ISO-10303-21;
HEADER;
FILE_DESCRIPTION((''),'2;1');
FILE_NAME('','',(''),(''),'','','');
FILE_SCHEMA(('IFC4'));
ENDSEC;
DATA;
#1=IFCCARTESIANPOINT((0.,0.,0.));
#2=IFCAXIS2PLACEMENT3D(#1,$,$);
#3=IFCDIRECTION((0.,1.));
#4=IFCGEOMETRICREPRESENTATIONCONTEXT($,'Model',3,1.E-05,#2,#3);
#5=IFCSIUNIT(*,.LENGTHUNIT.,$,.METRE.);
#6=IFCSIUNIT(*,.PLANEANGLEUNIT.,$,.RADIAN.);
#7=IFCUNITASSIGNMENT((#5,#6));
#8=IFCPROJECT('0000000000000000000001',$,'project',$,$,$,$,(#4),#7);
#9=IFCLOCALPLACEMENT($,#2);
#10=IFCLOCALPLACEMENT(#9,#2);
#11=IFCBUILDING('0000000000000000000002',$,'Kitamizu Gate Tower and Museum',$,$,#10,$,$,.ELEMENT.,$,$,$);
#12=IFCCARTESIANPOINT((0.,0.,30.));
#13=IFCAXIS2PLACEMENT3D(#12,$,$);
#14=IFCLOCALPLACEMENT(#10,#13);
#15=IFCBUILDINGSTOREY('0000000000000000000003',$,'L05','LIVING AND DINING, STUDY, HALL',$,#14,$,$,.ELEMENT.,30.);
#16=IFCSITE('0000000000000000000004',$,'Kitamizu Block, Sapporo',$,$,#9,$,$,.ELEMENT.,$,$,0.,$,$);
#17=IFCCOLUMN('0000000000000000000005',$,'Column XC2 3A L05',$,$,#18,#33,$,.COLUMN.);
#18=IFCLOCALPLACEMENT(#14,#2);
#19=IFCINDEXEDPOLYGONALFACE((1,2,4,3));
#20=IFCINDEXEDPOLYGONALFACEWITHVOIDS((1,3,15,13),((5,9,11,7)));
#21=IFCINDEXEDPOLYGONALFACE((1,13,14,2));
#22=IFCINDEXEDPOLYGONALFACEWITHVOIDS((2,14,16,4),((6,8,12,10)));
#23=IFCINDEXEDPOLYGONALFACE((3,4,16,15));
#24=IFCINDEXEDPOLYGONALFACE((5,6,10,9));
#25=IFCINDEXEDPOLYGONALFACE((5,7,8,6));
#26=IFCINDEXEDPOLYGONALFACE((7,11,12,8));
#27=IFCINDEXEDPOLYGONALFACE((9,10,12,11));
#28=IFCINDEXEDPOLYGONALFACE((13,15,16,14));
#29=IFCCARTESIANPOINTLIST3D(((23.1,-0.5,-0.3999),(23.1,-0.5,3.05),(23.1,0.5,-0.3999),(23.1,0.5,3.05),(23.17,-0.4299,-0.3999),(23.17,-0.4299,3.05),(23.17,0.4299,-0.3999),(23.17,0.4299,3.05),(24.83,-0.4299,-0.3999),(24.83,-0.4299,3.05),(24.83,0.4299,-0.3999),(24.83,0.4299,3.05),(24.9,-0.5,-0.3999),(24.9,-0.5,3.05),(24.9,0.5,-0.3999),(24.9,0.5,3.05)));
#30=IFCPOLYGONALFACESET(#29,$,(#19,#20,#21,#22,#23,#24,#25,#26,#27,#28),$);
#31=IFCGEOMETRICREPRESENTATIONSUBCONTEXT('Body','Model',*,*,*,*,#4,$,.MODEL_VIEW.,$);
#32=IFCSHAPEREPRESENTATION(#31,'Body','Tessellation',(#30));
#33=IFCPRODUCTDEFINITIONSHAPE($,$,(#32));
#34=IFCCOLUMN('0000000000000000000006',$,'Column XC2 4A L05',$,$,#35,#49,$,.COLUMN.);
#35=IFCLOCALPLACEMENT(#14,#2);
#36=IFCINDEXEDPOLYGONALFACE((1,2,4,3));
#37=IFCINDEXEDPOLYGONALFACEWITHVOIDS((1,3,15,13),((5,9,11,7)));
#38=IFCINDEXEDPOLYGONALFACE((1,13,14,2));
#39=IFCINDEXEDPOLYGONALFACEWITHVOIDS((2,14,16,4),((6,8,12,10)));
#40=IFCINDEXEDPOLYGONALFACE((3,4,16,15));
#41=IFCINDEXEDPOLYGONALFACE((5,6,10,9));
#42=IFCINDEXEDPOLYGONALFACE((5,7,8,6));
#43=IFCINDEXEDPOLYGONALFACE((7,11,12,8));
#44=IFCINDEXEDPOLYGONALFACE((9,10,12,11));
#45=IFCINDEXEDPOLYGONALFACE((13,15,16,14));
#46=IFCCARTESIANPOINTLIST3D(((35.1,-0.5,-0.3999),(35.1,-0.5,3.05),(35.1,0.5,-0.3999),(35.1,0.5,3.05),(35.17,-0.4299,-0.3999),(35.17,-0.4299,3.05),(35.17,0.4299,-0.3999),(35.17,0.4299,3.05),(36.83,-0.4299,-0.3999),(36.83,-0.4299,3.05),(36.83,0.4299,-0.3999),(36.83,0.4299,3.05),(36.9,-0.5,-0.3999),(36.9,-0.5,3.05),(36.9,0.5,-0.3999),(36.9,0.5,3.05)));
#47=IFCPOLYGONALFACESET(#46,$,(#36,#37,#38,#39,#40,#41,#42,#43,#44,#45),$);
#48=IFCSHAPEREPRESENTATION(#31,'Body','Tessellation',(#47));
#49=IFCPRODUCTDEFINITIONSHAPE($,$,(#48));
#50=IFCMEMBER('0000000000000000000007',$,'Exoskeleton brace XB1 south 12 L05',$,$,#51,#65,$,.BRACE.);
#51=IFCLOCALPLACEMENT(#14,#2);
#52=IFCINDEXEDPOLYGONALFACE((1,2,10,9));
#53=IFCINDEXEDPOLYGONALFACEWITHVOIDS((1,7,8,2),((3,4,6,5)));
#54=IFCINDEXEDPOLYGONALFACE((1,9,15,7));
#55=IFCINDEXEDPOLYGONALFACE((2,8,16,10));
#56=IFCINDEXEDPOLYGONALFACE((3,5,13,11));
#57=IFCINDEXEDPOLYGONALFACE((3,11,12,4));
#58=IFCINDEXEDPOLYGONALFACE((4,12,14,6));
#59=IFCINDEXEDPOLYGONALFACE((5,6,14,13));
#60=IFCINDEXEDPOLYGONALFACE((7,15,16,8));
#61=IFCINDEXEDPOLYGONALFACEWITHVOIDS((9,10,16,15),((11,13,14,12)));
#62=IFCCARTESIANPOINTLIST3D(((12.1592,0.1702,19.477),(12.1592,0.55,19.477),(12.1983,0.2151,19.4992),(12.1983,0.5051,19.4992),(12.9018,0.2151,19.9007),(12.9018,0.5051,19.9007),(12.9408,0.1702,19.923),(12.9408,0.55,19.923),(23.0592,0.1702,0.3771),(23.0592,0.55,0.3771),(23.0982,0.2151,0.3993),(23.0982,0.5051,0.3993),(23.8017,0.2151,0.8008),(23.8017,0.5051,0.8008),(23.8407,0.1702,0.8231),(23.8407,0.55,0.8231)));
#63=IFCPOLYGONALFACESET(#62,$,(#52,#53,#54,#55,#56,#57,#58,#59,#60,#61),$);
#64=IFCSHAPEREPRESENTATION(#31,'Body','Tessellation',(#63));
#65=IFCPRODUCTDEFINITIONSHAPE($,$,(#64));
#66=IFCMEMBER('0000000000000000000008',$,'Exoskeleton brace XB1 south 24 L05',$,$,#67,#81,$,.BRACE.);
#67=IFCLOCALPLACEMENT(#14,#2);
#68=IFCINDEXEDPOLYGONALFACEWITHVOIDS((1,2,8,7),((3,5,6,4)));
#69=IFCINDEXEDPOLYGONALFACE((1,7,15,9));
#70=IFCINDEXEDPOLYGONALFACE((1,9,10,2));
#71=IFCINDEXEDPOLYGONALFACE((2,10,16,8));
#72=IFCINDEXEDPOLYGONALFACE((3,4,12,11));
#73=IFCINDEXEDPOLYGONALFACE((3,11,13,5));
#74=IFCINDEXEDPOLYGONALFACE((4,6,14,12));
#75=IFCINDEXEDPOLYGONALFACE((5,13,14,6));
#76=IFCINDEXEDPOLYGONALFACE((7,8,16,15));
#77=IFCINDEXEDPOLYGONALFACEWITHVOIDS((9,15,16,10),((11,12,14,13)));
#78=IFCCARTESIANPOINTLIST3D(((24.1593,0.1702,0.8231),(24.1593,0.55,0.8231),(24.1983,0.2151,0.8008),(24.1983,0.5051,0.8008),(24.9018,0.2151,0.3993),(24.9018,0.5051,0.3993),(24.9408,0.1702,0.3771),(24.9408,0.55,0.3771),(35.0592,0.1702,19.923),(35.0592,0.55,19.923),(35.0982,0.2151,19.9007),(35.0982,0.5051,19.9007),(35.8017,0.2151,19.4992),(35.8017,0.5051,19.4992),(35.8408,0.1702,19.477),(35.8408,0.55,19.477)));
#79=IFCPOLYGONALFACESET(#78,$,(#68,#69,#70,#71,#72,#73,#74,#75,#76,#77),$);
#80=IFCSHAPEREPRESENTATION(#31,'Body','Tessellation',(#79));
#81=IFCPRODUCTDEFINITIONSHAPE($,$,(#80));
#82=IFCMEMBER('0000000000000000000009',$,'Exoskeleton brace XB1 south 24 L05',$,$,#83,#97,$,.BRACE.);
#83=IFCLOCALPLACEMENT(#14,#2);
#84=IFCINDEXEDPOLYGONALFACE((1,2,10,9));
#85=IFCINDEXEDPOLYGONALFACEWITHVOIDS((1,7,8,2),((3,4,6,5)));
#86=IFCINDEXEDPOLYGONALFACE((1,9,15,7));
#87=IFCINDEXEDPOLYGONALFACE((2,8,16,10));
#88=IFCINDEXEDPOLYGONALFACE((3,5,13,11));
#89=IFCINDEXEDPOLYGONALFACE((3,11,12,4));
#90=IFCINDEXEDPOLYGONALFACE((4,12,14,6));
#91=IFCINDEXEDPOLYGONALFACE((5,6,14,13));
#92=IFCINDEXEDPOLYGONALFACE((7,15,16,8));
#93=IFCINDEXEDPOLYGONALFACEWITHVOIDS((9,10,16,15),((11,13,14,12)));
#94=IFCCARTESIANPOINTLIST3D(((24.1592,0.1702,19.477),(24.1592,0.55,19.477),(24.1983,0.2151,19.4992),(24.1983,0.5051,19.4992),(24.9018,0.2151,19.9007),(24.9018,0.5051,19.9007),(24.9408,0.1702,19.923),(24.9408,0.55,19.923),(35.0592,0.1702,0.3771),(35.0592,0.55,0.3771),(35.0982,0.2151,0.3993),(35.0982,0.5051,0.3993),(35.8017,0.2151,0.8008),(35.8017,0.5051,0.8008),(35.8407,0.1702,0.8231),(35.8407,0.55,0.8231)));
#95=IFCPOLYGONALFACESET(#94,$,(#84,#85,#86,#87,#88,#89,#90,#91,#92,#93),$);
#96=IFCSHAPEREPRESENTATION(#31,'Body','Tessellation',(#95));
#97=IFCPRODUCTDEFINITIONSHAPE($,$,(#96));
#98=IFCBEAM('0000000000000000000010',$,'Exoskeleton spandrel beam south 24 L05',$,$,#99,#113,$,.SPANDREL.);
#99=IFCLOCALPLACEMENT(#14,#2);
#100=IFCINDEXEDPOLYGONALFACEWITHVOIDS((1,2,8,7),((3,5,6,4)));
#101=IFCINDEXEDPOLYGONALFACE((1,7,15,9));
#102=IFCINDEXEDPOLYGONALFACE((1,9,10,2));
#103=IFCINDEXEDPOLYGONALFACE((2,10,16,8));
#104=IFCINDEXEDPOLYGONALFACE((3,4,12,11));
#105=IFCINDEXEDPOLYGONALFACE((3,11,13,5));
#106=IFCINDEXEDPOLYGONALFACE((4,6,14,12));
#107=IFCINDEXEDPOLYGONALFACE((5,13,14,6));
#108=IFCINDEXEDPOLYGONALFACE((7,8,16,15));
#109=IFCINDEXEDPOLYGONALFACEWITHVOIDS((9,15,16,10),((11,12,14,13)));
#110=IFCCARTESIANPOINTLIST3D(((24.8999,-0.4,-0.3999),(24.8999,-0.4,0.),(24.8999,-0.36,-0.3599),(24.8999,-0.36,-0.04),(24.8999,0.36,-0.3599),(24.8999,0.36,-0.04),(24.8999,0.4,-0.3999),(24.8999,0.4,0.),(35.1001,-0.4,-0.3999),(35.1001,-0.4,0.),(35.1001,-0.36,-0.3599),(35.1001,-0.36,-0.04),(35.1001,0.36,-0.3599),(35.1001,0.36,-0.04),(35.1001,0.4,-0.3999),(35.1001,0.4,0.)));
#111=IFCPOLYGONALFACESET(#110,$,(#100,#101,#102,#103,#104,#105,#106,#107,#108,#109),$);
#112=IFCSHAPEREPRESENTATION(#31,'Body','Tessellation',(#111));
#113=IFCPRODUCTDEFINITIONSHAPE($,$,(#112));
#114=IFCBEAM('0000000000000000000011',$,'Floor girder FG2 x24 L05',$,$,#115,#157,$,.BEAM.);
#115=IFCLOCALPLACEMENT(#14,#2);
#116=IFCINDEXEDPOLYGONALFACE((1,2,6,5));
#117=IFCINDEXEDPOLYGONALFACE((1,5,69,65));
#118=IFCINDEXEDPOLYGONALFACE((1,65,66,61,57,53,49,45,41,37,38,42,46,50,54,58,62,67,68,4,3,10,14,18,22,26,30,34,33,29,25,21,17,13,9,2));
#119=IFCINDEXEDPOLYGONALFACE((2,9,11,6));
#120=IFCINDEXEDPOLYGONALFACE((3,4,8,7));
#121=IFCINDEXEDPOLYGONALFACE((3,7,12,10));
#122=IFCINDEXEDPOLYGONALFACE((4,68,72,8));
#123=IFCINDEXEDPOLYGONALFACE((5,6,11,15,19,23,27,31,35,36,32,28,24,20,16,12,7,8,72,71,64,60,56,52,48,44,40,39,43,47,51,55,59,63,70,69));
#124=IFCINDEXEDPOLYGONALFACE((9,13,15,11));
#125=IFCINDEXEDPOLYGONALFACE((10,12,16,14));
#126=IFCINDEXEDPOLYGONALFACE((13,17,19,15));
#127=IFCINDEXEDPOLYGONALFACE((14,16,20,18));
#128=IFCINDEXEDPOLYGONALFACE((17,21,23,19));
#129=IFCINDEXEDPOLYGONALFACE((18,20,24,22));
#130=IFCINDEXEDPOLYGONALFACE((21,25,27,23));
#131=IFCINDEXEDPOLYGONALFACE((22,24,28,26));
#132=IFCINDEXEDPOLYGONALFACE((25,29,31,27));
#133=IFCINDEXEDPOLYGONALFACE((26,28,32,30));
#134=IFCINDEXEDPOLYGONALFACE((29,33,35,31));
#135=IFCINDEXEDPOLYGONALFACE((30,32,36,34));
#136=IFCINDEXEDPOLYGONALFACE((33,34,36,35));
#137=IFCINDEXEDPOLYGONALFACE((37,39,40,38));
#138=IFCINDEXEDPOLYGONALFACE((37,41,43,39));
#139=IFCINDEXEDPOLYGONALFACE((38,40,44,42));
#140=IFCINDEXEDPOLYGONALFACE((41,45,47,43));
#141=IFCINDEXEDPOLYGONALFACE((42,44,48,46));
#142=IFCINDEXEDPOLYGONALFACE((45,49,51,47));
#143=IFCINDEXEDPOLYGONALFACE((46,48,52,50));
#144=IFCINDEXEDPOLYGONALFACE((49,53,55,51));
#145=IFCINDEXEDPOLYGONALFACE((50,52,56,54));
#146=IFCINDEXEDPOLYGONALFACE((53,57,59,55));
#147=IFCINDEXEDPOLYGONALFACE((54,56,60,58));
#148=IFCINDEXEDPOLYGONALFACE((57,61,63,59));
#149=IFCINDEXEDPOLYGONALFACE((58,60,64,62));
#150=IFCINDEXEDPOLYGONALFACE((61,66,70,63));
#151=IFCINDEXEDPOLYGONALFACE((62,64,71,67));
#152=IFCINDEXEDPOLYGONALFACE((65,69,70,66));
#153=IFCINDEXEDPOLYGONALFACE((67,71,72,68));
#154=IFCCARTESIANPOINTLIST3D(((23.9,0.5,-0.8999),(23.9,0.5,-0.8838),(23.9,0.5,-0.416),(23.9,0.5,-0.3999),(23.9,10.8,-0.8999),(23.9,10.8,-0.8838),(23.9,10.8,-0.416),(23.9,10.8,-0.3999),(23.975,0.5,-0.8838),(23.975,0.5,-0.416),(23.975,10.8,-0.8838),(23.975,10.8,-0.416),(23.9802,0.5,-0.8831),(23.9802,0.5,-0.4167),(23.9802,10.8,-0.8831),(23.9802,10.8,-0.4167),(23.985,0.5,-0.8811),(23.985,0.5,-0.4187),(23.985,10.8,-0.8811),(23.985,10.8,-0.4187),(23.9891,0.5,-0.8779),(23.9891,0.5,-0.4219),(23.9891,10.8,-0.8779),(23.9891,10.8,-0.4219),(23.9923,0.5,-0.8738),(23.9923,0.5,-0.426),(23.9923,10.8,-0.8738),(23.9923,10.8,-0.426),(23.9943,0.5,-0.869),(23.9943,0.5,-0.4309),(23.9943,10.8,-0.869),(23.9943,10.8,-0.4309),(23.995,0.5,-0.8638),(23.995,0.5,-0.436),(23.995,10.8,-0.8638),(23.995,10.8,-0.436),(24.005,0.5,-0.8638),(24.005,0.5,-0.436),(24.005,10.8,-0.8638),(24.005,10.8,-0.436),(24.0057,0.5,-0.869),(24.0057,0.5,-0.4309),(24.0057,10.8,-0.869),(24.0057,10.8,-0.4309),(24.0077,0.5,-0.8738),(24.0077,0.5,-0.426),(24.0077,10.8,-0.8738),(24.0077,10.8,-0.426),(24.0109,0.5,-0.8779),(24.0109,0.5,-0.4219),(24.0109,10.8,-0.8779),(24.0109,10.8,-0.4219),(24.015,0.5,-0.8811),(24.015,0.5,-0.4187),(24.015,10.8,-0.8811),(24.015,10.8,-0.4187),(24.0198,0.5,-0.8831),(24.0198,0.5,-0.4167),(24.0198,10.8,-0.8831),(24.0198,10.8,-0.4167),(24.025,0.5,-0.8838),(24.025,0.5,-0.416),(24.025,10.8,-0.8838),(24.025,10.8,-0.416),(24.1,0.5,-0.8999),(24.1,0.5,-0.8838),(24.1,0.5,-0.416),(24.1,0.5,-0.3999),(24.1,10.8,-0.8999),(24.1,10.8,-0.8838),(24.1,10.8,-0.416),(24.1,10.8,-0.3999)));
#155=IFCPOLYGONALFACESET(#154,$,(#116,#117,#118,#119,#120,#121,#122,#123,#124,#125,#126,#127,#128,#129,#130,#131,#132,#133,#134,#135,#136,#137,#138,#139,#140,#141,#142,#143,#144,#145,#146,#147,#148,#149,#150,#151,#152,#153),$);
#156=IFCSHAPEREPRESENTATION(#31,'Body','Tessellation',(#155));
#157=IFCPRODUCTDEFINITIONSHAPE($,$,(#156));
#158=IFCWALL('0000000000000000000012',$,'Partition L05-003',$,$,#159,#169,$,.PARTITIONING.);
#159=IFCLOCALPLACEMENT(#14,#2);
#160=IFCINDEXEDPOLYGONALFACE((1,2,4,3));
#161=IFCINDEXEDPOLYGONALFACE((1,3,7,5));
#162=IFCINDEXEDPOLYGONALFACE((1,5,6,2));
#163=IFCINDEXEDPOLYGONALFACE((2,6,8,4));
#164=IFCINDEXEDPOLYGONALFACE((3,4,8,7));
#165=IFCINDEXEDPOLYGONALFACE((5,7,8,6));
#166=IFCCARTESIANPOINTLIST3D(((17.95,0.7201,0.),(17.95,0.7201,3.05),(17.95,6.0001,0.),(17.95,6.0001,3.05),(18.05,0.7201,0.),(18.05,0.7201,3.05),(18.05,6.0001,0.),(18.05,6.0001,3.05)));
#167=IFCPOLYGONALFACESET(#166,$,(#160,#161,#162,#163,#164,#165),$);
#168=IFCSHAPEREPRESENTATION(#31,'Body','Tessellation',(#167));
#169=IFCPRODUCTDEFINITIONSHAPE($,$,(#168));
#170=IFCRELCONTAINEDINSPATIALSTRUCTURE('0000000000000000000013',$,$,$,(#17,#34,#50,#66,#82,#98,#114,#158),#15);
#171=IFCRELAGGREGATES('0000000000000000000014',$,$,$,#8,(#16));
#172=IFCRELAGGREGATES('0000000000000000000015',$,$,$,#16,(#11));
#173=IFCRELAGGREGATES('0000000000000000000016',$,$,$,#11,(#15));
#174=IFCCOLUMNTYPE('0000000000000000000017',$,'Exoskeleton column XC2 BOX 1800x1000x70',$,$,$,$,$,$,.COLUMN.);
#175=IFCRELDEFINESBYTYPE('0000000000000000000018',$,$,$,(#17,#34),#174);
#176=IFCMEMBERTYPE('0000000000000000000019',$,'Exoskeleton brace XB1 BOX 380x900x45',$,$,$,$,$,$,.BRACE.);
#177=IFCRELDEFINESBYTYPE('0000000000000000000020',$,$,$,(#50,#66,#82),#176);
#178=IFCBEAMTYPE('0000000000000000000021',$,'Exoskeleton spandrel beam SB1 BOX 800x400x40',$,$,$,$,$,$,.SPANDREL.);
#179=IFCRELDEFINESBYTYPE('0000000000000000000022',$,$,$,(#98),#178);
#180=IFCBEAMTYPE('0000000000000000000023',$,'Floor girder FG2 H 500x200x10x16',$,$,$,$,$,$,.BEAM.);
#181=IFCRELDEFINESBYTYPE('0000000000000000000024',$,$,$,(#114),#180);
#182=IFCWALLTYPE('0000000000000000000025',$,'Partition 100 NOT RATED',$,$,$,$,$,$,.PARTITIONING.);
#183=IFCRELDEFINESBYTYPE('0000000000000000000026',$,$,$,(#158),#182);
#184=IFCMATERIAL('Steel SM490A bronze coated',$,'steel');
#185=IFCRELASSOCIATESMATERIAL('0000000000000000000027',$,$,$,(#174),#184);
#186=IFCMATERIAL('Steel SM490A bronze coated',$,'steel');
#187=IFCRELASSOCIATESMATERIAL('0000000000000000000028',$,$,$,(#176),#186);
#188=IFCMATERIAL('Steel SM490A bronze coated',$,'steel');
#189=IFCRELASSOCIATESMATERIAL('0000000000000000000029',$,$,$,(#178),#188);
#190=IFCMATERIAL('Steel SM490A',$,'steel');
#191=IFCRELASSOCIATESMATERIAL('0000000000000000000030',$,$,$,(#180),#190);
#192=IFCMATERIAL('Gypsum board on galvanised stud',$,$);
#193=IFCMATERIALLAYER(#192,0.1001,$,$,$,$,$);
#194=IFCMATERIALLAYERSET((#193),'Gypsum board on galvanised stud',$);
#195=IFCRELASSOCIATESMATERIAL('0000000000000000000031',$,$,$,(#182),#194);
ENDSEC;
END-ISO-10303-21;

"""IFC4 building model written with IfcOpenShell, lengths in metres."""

from ifc_helpers import new_model, si_unit, direction, frame, frame_2d, origin, origin_2d, place, context, subcontext, project, spatial, rectangle, hollow_rectangle, i_section, extrude, material, layer, layer_set, material_profile, profile_set, type_object, element, save


model = new_model("IFC4")

# Units and contexts
model_context = context("Model", 3, precision=1e-05, world=origin(), true_north=direction((0.0, 1.0)))
body_context = subcontext(model_context, "Body", "Model", "MODEL_VIEW")
ifc_project = project(units=[si_unit("LENGTHUNIT", "METRE"), si_unit("PLANEANGLEUNIT", "RADIAN")], contexts=[model_context])

# Site, building, storey
site_placement = place(None, origin())
site = spatial("IfcSite", under=ifc_project, at=site_placement, Name="Kitamizu Block, Sapporo", CompositionType="ELEMENT", RefElevation=0.0)
building_placement = place(site_placement, origin())
building = spatial("IfcBuilding", under=site, at=building_placement, Name="Kitamizu Gate Tower and Museum", CompositionType="ELEMENT")
storey_placement = place(building_placement, frame((0.0, 0.0, 30.0)))
storey = spatial("IfcBuildingStorey", under=building, at=storey_placement, Name="L05", Description="LIVING AND DINING, STUDY, HALL", CompositionType="ELEMENT", Elevation=30.0)

# Columns
ifc_material_1 = material(Name="Steel SM490A bronze coated", Category="steel")
ifc_material_profile_1 = material_profile(ifc_material_1, hollow_rectangle(XDim=1.8, YDim=1.0, WallThickness=0.0701, at=origin_2d()), Name="BOX 1800x1000x70")
ifc_profile_set_1 = profile_set([ifc_material_profile_1], Name="Steel SM490A bronze coated")
column_type = type_object("IfcColumnType", Name="Exoskeleton column XC2 BOX 1800x1000x70", PredefinedType="COLUMN", material=ifc_profile_set_1)
for number, where, z_axis, x_axis, name in (
    (1, (24.0, 0.0, -0.3999), (0.0, 0.0, 1.0), (1.0, 0.0, 0.0), "Column XC2 3A L05"),
    (2, (36.0, 0.0, -0.3999), (0.0, 0.0, 1.0), (1.0, 0.0, 0.0), "Column XC2 4A L05"),
):
    element("IfcColumn", number, at=place(storey_placement, frame(where, z_axis=z_axis, x_axis=x_axis)), inside=storey, type_object=column_type, Name=name, PredefinedType="COLUMN", context=body_context, shape_type="SweptSolid", body=[
        extrude(hollow_rectangle(XDim=1.8, YDim=1.0, WallThickness=0.0701, at=origin_2d()), origin(), (0.0, 0.0, 1.0), 3.45),
    ])

# Members
ifc_material_2 = material(Name="Steel SM490A bronze coated", Category="steel")
ifc_material_profile_2 = material_profile(ifc_material_2, hollow_rectangle(XDim=0.3799, YDim=0.8999, WallThickness=0.0449, at=origin_2d()), Name="BOX 380x900x45")
ifc_profile_set_2 = profile_set([ifc_material_profile_2], Name="Steel SM490A bronze coated")
member_type = type_object("IfcMemberType", Name="Exoskeleton brace XB1 BOX 380x900x45", PredefinedType="BRACE", material=ifc_profile_set_2)
for number, where, z_axis, x_axis, name in (
    (3, (23.45, 0.3601, 0.6001), (-0.495649, 0.0, 0.868523), (0.0, -1.0, 0.0), "Exoskeleton brace XB1 south 12 L05"),
    (4, (24.55, 0.3601, 0.6001), (0.495649, 0.0, 0.868523), (0.0, 1.0, 0.0), "Exoskeleton brace XB1 south 24 L05"),
    (5, (35.45, 0.3601, 0.6001), (-0.495649, 0.0, 0.868523), (0.0, -1.0, 0.0), "Exoskeleton brace XB1 south 24 L05"),
):
    element("IfcMember", number, at=place(storey_placement, frame(where, z_axis=z_axis, x_axis=x_axis)), inside=storey, type_object=member_type, Name=name, PredefinedType="BRACE", context=body_context, shape_type="SweptSolid", body=[
        extrude(hollow_rectangle(XDim=0.3799, YDim=0.8999, WallThickness=0.0449, at=origin_2d()), origin(), (0.0, 0.0, 1.0), 21.9912),
    ])

# Beams
ifc_material_3 = material(Name="Steel SM490A bronze coated", Category="steel")
ifc_material_profile_3 = material_profile(ifc_material_3, hollow_rectangle(XDim=0.8, YDim=0.3999, WallThickness=0.04, at=origin_2d()), Name="BOX 800x400x40")
ifc_profile_set_3 = profile_set([ifc_material_profile_3], Name="Steel SM490A bronze coated")
beam_type_1 = type_object("IfcBeamType", Name="Exoskeleton spandrel beam SB1 BOX 800x400x40", PredefinedType="SPANDREL", material=ifc_profile_set_3)
beam_1_placement = place(storey_placement, frame((24.8999, 0.0, -0.2), z_axis=(1.0, 0.0, 0.0), x_axis=(0.0, 1.0, 0.0)))
element("IfcBeam", 6, at=beam_1_placement, inside=storey, type_object=beam_type_1, Name="Exoskeleton spandrel beam south 24 L05", PredefinedType="SPANDREL", context=body_context, shape_type="SweptSolid", body=[
    extrude(hollow_rectangle(XDim=0.8, YDim=0.3999, WallThickness=0.04, at=origin_2d()), origin(), (0.0, 0.0, 1.0), 10.2002),
])
ifc_material_4 = material(Name="Steel SM490A", Category="steel")
ifc_material_profile_4 = material_profile(ifc_material_4, i_section(OverallWidth=0.2, OverallDepth=0.5, WebThickness=0.01, FlangeThickness=0.0161, FilletRadius=0.02, at=origin_2d()), Name="H-500x200x10x16")
ifc_profile_set_4 = profile_set([ifc_material_profile_4], Name="Steel SM490A")
beam_type_2 = type_object("IfcBeamType", Name="Floor girder FG2 H 500x200x10x16", PredefinedType="BEAM", material=ifc_profile_set_4)
beam_2_placement = place(storey_placement, frame((24.0, 0.5, -0.6499), z_axis=(0.0, 1.0, 0.0), x_axis=(-1.0, 0.0, 0.0)))
element("IfcBeam", 7, at=beam_2_placement, inside=storey, type_object=beam_type_2, Name="Floor girder FG2 x24 L05", PredefinedType="BEAM", context=body_context, shape_type="SweptSolid", body=[
    extrude(i_section(OverallWidth=0.2, OverallDepth=0.5, WebThickness=0.01, FlangeThickness=0.0161, FilletRadius=0.02, at=origin_2d()), origin(), (0.0, 0.0, 1.0), 10.3),
])

# Wall
ifc_material_5 = material(Name="Gypsum board on galvanised stud")
ifc_layer = layer(ifc_material_5, 0.1001)
ifc_layer_set = layer_set([ifc_layer], Name="Gypsum board on galvanised stud")
wall_type = type_object("IfcWallType", Name="Partition 100 NOT RATED", PredefinedType="PARTITIONING", material=ifc_layer_set)
wall_1_placement = place(storey_placement, frame((18.0, 0.72, 0.0), z_axis=(0.0, 0.0, 1.0), x_axis=(0.0, 1.0, 0.0)))
element("IfcWall", 8, at=wall_1_placement, inside=storey, type_object=wall_type, Name="Partition L05-003", PredefinedType="PARTITIONING", context=body_context, shape_type="SweptSolid", body=[
    extrude(rectangle(XDim=5.28, YDim=0.1001, at=frame_2d((2.6401, 0.0))), origin(), (0.0, 0.0, 1.0), 3.05),
])

save(model, "model.ifc")
